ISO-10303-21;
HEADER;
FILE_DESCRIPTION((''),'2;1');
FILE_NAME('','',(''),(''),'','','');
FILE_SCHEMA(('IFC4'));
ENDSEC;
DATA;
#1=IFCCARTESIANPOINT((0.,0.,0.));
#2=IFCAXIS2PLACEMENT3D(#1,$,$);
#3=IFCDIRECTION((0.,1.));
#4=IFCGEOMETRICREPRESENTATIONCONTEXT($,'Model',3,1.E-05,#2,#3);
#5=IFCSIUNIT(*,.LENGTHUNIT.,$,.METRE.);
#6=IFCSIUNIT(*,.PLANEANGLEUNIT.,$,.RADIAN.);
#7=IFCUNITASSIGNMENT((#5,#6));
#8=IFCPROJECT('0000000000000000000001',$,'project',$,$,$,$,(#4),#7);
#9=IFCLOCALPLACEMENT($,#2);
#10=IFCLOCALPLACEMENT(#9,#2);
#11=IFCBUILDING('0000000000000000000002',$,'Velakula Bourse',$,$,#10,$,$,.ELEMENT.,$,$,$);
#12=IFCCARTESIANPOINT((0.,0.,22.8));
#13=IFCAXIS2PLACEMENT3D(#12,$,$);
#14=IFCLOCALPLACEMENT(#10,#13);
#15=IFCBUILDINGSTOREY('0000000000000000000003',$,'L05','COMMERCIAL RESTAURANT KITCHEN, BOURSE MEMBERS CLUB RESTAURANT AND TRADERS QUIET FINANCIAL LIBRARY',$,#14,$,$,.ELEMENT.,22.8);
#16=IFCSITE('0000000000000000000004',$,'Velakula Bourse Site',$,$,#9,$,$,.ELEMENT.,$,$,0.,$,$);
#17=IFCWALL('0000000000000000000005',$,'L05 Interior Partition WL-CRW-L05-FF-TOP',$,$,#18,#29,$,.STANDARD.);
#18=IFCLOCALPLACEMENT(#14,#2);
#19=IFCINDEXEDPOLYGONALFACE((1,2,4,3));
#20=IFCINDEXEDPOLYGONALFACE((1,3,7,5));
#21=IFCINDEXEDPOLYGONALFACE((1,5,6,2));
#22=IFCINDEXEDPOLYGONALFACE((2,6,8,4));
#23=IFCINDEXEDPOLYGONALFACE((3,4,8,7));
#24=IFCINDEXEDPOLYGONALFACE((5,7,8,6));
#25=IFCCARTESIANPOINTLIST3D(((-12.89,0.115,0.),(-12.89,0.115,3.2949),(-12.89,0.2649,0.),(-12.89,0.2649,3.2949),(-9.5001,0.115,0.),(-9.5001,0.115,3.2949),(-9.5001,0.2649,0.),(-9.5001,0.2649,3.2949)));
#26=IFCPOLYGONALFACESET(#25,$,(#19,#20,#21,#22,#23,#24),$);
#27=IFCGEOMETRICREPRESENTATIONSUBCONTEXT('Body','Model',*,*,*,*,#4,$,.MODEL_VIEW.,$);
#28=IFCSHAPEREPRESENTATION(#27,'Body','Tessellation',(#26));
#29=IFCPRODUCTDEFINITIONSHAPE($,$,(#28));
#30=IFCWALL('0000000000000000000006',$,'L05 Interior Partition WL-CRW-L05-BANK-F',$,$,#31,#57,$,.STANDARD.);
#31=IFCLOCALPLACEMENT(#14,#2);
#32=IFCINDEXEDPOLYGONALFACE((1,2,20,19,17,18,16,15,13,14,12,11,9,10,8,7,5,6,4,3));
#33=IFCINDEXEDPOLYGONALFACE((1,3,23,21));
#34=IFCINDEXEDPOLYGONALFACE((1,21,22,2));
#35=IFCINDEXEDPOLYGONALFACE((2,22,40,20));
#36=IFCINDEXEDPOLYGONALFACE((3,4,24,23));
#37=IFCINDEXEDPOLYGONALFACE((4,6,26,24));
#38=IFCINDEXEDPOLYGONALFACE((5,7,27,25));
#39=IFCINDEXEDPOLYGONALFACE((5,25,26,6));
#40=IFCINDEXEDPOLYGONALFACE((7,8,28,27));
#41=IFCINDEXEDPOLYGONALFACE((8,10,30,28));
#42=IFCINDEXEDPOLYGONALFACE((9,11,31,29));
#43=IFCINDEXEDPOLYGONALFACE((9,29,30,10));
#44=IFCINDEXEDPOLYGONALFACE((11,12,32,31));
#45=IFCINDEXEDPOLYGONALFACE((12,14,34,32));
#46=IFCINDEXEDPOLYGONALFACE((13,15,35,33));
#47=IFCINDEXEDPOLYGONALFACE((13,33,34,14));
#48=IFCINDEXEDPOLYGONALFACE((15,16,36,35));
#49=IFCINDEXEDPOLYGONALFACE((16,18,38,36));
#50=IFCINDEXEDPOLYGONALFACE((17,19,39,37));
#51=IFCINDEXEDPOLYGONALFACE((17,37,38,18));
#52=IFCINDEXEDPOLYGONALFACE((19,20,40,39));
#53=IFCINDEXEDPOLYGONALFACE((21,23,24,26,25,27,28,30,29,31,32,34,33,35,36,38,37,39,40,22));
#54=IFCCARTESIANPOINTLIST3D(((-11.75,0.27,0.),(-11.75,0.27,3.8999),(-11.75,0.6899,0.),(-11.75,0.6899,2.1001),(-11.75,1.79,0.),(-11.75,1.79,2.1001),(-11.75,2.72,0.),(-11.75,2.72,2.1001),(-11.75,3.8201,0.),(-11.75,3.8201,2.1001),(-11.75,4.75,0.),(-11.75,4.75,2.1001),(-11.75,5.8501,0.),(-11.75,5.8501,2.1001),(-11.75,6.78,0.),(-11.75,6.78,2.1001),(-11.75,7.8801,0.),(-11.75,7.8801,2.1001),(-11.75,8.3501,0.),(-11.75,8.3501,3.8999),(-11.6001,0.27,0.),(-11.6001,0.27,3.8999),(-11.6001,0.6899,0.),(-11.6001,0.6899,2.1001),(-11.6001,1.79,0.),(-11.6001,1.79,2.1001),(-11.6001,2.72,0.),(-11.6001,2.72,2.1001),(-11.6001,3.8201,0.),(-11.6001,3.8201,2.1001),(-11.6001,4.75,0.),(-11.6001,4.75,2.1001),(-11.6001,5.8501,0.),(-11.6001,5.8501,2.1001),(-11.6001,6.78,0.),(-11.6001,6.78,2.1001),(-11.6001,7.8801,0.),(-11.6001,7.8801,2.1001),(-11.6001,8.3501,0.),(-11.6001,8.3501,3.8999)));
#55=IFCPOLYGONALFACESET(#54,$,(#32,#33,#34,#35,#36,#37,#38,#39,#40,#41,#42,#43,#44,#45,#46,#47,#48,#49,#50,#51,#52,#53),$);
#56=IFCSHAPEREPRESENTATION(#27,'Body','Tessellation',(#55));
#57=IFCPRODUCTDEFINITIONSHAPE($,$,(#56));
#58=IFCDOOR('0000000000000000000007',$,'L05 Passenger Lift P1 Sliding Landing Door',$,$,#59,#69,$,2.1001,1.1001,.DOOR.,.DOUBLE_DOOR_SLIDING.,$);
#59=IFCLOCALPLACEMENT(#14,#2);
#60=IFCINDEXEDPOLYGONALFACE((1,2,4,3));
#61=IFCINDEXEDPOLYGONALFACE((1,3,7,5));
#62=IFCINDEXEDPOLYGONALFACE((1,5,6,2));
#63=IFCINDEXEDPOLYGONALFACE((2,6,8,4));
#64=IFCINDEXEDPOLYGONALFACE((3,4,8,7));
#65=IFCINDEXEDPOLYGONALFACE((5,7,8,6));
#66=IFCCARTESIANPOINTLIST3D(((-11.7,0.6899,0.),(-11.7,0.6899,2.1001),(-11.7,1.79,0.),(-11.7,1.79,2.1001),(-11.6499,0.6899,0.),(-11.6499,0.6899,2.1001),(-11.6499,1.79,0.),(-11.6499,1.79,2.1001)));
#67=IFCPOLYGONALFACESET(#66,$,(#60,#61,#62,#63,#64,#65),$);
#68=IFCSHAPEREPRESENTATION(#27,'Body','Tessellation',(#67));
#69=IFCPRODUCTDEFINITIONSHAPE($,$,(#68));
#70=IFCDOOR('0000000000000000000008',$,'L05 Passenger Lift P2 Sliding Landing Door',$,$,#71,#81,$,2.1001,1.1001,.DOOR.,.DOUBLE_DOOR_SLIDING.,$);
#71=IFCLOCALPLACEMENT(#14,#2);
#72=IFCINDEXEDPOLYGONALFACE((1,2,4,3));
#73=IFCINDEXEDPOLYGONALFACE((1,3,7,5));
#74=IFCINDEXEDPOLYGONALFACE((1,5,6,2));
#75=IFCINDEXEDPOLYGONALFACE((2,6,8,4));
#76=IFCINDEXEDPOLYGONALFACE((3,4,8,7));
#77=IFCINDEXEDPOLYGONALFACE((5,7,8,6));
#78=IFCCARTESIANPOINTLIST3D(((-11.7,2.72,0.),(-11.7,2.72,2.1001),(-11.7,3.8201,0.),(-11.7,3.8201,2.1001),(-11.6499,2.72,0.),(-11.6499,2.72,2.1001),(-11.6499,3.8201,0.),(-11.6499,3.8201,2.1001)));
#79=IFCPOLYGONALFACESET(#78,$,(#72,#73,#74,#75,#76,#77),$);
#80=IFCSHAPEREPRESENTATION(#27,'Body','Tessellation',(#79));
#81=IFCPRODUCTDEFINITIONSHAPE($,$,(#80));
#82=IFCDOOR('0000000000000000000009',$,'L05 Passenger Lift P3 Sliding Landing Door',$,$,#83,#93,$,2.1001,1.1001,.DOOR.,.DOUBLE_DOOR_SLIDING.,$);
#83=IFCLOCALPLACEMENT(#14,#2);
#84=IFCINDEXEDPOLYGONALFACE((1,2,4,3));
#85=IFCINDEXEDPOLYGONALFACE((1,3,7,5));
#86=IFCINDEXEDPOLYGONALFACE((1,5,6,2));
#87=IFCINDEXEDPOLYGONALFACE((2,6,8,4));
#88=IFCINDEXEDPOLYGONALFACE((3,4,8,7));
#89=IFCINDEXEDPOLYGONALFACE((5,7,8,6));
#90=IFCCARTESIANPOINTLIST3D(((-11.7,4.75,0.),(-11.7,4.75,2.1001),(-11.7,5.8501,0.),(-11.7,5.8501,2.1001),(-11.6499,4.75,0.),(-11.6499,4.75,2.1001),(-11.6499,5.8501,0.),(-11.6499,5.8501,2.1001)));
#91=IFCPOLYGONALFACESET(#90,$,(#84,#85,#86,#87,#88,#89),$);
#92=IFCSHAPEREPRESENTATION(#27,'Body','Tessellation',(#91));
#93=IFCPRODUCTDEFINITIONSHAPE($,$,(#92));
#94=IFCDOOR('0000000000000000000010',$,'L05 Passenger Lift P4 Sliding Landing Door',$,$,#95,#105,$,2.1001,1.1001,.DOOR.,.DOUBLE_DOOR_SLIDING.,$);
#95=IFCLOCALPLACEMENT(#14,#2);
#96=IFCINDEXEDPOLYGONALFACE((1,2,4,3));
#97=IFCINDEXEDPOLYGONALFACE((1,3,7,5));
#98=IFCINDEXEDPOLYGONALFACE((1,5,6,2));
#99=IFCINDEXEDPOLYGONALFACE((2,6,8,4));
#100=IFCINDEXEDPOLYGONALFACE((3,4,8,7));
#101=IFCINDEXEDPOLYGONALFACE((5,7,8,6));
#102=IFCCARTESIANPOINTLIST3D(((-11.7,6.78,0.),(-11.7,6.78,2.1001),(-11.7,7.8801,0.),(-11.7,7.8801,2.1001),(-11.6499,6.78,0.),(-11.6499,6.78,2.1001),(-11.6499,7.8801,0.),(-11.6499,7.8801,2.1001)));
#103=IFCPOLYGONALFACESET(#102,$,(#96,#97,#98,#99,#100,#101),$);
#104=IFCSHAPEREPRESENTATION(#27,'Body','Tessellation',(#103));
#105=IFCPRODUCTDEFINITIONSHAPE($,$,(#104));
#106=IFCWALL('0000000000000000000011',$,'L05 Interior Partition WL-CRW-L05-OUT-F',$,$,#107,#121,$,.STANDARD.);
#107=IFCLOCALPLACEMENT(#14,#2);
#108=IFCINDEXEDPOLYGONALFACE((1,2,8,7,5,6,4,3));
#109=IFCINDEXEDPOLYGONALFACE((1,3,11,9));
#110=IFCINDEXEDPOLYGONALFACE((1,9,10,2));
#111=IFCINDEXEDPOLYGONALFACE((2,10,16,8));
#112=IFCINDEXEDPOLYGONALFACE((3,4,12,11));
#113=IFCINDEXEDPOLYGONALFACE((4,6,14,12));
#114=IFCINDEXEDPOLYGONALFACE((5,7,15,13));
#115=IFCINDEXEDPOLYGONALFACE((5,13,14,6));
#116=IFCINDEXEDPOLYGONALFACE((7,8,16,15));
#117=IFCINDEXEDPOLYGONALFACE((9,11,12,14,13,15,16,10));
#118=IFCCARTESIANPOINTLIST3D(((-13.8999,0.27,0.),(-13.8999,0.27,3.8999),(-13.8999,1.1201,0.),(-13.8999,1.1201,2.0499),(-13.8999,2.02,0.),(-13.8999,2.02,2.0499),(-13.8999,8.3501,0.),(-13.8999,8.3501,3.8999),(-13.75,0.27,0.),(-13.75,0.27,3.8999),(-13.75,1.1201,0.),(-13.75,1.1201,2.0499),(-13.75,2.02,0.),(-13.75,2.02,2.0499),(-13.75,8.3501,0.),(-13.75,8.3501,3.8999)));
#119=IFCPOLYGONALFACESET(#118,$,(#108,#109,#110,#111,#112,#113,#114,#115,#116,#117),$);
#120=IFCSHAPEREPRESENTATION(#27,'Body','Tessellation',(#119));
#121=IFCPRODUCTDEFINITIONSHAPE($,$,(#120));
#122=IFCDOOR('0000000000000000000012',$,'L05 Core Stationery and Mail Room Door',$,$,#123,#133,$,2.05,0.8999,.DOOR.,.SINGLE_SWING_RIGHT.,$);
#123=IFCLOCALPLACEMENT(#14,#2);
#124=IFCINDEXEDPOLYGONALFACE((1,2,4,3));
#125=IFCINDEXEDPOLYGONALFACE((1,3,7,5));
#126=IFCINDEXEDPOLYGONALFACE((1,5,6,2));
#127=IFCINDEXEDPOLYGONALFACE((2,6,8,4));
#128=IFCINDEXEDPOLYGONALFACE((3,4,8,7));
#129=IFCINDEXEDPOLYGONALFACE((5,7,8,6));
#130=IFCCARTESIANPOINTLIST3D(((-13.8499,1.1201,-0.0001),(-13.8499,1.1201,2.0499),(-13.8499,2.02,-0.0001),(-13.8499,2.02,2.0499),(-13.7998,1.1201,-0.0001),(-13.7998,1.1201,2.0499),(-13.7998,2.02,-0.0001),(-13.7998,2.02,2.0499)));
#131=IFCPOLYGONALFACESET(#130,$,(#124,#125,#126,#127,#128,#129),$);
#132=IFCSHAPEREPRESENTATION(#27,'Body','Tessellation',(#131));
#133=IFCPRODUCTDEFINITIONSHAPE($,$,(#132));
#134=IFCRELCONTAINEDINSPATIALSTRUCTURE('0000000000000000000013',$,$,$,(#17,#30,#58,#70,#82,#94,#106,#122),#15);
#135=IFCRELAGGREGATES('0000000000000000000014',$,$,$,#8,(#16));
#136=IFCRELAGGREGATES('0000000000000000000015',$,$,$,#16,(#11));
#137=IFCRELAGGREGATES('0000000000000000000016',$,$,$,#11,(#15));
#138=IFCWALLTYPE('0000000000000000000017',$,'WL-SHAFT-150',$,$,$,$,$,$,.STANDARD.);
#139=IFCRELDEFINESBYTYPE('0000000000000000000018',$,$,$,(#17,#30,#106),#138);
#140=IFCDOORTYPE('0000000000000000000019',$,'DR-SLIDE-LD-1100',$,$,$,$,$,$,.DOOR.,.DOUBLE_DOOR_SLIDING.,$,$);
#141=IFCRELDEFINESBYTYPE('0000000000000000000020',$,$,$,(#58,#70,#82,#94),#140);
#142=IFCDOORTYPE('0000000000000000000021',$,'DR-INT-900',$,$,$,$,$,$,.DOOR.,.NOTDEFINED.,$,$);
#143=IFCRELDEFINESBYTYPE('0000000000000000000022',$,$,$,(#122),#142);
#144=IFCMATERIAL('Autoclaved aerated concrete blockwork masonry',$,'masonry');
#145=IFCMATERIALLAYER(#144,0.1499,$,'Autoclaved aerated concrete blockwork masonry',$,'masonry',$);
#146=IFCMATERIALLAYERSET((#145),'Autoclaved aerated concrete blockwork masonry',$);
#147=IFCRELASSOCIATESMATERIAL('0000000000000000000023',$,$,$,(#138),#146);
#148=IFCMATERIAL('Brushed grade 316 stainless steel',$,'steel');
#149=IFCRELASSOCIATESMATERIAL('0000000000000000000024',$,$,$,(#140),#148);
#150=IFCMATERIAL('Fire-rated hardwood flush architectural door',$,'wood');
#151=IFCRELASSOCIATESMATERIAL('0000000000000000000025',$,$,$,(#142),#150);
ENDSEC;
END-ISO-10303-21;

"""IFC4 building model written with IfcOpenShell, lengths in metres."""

from ifc_helpers import new_model, si_unit, direction, frame, frame_2d, origin, place, context, subcontext, project, spatial, rectangle, extrude, material, layer, layer_set, type_object, element, fill, save


model = new_model("IFC4")

# Units and contexts
model_context = context("Model", 3, precision=1e-05, world=origin(), true_north=direction((0.0, 1.0)))
body_context = subcontext(model_context, "Body", "Model", "MODEL_VIEW")
ifc_project = project(units=[si_unit("LENGTHUNIT", "METRE"), si_unit("PLANEANGLEUNIT", "RADIAN")], contexts=[model_context])

# Site, building, storey
site_placement = place(None, origin())
site = spatial("IfcSite", under=ifc_project, at=site_placement, Name="Velakula Bourse Site", CompositionType="ELEMENT", RefElevation=0.0)
building_placement = place(site_placement, origin())
building = spatial("IfcBuilding", under=site, at=building_placement, Name="Velakula Bourse", CompositionType="ELEMENT")
storey_placement = place(building_placement, frame((0.0, 0.0, 22.8)))
storey = spatial("IfcBuildingStorey", under=building, at=storey_placement, Name="L05", Description="COMMERCIAL RESTAURANT KITCHEN, BOURSE MEMBERS CLUB RESTAURANT AND TRADERS QUIET FINANCIAL LIBRARY", CompositionType="ELEMENT", Elevation=22.8)

# Shared definitions
ifc_material_1 = material(Name="Fire-rated hardwood flush architectural door", Category="wood")

# Wall
ifc_material_2 = material(Name="Autoclaved aerated concrete blockwork masonry", Category="masonry")
ifc_layer_1 = layer(ifc_material_2, 0.1499, Name="Autoclaved aerated concrete blockwork masonry", Category="masonry")
ifc_layer_set_1 = layer_set([ifc_layer_1], Name="Autoclaved aerated concrete blockwork masonry")
wall_type_1 = type_object("IfcWallType", Name="WL-SHAFT-150", PredefinedType="STANDARD", material=ifc_layer_set_1)
wall_1_placement = place(storey_placement, frame((-12.8899, 0.1899, 0.0), z_axis=(0.0, 0.0, 1.0), x_axis=(1.0, 0.0, 0.0)))
element("IfcWall", 1, at=wall_1_placement, inside=storey, type_object=wall_type_1, Name="L05 Interior Partition WL-CRW-L05-FF-TOP", PredefinedType="STANDARD", context=body_context, shape_type="SweptSolid", body=[
    extrude(rectangle(XDim=3.3899, YDim=0.1499, at=frame_2d((1.6948, 0.0))), origin(), (0.0, 0.0, 1.0), 3.2949),
])

# Wall, openings, doors
wall_2_placement = place(storey_placement, frame((-11.675, 0.27, 0.0), z_axis=(0.0, 0.0, 1.0), x_axis=(0.0, 1.0, 0.0)))
wall_2 = element("IfcWall", 2, at=wall_2_placement, inside=storey, type_object=wall_type_1, Name="L05 Interior Partition WL-CRW-L05-BANK-F", PredefinedType="STANDARD", context=body_context, shape_type="SweptSolid", body=[
    extrude(rectangle(XDim=8.0801, YDim=0.1499, at=frame_2d((4.04, 0.0))), origin(), (0.0, 0.0, 1.0), 3.8999),
])
opening_1_placement = place(wall_2_placement, frame((0.4199, 0.0, 0.0)))
opening_1 = element("IfcOpeningElement", 3, at=opening_1_placement, cuts=wall_2, PredefinedType="OPENING", context=body_context, shape_type="SweptSolid", body=[
    extrude(rectangle(XDim=1.1001, YDim=2.1001, at=frame_2d((0.55, 1.05))), frame((0.0, 0.085, 0.0), z_axis=(0.0, -1.0, 0.0), x_axis=(1.0, 0.0, 0.0)), (0.0, 0.0, 1.0), 0.1699),
])
opening_2_placement = place(wall_2_placement, frame((2.45, 0.0, 0.0)))
opening_2 = element("IfcOpeningElement", 4, at=opening_2_placement, cuts=wall_2, PredefinedType="OPENING", context=body_context, shape_type="SweptSolid", body=[
    extrude(rectangle(XDim=1.1001, YDim=2.1001, at=frame_2d((0.55, 1.05))), frame((0.0, 0.085, 0.0), z_axis=(0.0, -1.0, 0.0), x_axis=(1.0, 0.0, 0.0)), (0.0, 0.0, 1.0), 0.1699),
])
opening_3_placement = place(wall_2_placement, frame((4.48, 0.0, 0.0)))
opening_3 = element("IfcOpeningElement", 5, at=opening_3_placement, cuts=wall_2, PredefinedType="OPENING", context=body_context, shape_type="SweptSolid", body=[
    extrude(rectangle(XDim=1.1001, YDim=2.1001, at=frame_2d((0.55, 1.05))), frame((0.0, 0.085, 0.0), z_axis=(0.0, -1.0, 0.0), x_axis=(1.0, 0.0, 0.0)), (0.0, 0.0, 1.0), 0.1699),
])
opening_4_placement = place(wall_2_placement, frame((6.51, 0.0, 0.0)))
opening_4 = element("IfcOpeningElement", 6, at=opening_4_placement, cuts=wall_2, PredefinedType="OPENING", context=body_context, shape_type="SweptSolid", body=[
    extrude(rectangle(XDim=1.1001, YDim=2.1001, at=frame_2d((0.55, 1.05))), frame((0.0, 0.085, 0.0), z_axis=(0.0, -1.0, 0.0), x_axis=(1.0, 0.0, 0.0)), (0.0, 0.0, 1.0), 0.1699),
])
ifc_material_3 = material(Name="Brushed grade 316 stainless steel", Category="steel")
door_type_1 = type_object("IfcDoorType", Name="DR-SLIDE-LD-1100", OperationType="DOUBLE_DOOR_SLIDING", PredefinedType="DOOR", material=ifc_material_3)
door_1_placement = place(opening_1_placement, origin())
door_1 = element("IfcDoor", 7, at=door_1_placement, inside=storey, type_object=door_type_1, Name="L05 Passenger Lift P1 Sliding Landing Door", OperationType="DOUBLE_DOOR_SLIDING", OverallHeight=2.1001, OverallWidth=1.1001, PredefinedType="DOOR", context=body_context, shape_type="SweptSolid", body=[
    extrude(rectangle(XDim=1.1001, YDim=2.1001, at=frame_2d((0.55, 1.05))), frame((0.0, 0.0249, 0.0), z_axis=(0.0, -1.0, 0.0), x_axis=(1.0, 0.0, 0.0)), (0.0, 0.0, 1.0), 0.05),
])
fill(opening_1, door_1)
door_2_placement = place(opening_2_placement, origin())
door_2 = element("IfcDoor", 8, at=door_2_placement, inside=storey, type_object=door_type_1, Name="L05 Passenger Lift P2 Sliding Landing Door", OperationType="DOUBLE_DOOR_SLIDING", OverallHeight=2.1001, OverallWidth=1.1001, PredefinedType="DOOR", context=body_context, shape_type="SweptSolid", body=[
    extrude(rectangle(XDim=1.1001, YDim=2.1001, at=frame_2d((0.55, 1.05))), frame((0.0, 0.0249, 0.0), z_axis=(0.0, -1.0, 0.0), x_axis=(1.0, 0.0, 0.0)), (0.0, 0.0, 1.0), 0.05),
])
fill(opening_2, door_2)
door_3_placement = place(opening_3_placement, origin())
door_3 = element("IfcDoor", 9, at=door_3_placement, inside=storey, type_object=door_type_1, Name="L05 Passenger Lift P3 Sliding Landing Door", OperationType="DOUBLE_DOOR_SLIDING", OverallHeight=2.1001, OverallWidth=1.1001, PredefinedType="DOOR", context=body_context, shape_type="SweptSolid", body=[
    extrude(rectangle(XDim=1.1001, YDim=2.1001, at=frame_2d((0.55, 1.05))), frame((0.0, 0.0249, 0.0), z_axis=(0.0, -1.0, 0.0), x_axis=(1.0, 0.0, 0.0)), (0.0, 0.0, 1.0), 0.05),
])
fill(opening_3, door_3)
door_4_placement = place(opening_4_placement, origin())
door_4 = element("IfcDoor", 10, at=door_4_placement, inside=storey, type_object=door_type_1, Name="L05 Passenger Lift P4 Sliding Landing Door", OperationType="DOUBLE_DOOR_SLIDING", OverallHeight=2.1001, OverallWidth=1.1001, PredefinedType="DOOR", context=body_context, shape_type="SweptSolid", body=[
    extrude(rectangle(XDim=1.1001, YDim=2.1001, at=frame_2d((0.55, 1.05))), frame((0.0, 0.0249, 0.0), z_axis=(0.0, -1.0, 0.0), x_axis=(1.0, 0.0, 0.0)), (0.0, 0.0, 1.0), 0.05),
])
fill(opening_4, door_4)

# Wall, opening, door
wall_3_placement = place(storey_placement, frame((-13.825, 0.27, 0.0), z_axis=(0.0, 0.0, 1.0), x_axis=(0.0, 1.0, 0.0)))
wall_3 = element("IfcWall", 11, at=wall_3_placement, inside=storey, type_object=wall_type_1, Name="L05 Interior Partition WL-CRW-L05-OUT-F", PredefinedType="STANDARD", context=body_context, shape_type="SweptSolid", body=[
    extrude(rectangle(XDim=8.0801, YDim=0.1499, at=frame_2d((4.04, 0.0))), origin(), (0.0, 0.0, 1.0), 3.8999),
])
opening_5_placement = place(wall_3_placement, frame((0.8501, 0.0, 0.0)))
opening_5 = element("IfcOpeningElement", 12, at=opening_5_placement, cuts=wall_3, PredefinedType="OPENING", context=body_context, shape_type="SweptSolid", body=[
    extrude(rectangle(XDim=0.8999, YDim=2.05, at=frame_2d((0.45, 1.0249))), frame((0.0, 0.085, 0.0), z_axis=(0.0, -1.0, 0.0), x_axis=(1.0, 0.0, 0.0)), (0.0, 0.0, 1.0), 0.1699),
])
door_type_2 = type_object("IfcDoorType", Name="DR-INT-900", OperationType="NOTDEFINED", PredefinedType="DOOR", material=ifc_material_1)
door_5_placement = place(opening_5_placement, origin())
door_5 = element("IfcDoor", 13, at=door_5_placement, inside=storey, type_object=door_type_2, Name="L05 Core Stationery and Mail Room Door", OperationType="SINGLE_SWING_RIGHT", OverallHeight=2.05, OverallWidth=0.8999, PredefinedType="DOOR", context=body_context, shape_type="SweptSolid", body=[
    extrude(rectangle(XDim=0.8999, YDim=2.05, at=frame_2d((0.45, 1.0249))), frame((0.0, 0.0249, 0.0), z_axis=(0.0, -1.0, 0.0), x_axis=(1.0, 0.0, 0.0)), (0.0, 0.0, 1.0), 0.05),
])
fill(opening_5, door_5)

save(model, "model.ifc")
